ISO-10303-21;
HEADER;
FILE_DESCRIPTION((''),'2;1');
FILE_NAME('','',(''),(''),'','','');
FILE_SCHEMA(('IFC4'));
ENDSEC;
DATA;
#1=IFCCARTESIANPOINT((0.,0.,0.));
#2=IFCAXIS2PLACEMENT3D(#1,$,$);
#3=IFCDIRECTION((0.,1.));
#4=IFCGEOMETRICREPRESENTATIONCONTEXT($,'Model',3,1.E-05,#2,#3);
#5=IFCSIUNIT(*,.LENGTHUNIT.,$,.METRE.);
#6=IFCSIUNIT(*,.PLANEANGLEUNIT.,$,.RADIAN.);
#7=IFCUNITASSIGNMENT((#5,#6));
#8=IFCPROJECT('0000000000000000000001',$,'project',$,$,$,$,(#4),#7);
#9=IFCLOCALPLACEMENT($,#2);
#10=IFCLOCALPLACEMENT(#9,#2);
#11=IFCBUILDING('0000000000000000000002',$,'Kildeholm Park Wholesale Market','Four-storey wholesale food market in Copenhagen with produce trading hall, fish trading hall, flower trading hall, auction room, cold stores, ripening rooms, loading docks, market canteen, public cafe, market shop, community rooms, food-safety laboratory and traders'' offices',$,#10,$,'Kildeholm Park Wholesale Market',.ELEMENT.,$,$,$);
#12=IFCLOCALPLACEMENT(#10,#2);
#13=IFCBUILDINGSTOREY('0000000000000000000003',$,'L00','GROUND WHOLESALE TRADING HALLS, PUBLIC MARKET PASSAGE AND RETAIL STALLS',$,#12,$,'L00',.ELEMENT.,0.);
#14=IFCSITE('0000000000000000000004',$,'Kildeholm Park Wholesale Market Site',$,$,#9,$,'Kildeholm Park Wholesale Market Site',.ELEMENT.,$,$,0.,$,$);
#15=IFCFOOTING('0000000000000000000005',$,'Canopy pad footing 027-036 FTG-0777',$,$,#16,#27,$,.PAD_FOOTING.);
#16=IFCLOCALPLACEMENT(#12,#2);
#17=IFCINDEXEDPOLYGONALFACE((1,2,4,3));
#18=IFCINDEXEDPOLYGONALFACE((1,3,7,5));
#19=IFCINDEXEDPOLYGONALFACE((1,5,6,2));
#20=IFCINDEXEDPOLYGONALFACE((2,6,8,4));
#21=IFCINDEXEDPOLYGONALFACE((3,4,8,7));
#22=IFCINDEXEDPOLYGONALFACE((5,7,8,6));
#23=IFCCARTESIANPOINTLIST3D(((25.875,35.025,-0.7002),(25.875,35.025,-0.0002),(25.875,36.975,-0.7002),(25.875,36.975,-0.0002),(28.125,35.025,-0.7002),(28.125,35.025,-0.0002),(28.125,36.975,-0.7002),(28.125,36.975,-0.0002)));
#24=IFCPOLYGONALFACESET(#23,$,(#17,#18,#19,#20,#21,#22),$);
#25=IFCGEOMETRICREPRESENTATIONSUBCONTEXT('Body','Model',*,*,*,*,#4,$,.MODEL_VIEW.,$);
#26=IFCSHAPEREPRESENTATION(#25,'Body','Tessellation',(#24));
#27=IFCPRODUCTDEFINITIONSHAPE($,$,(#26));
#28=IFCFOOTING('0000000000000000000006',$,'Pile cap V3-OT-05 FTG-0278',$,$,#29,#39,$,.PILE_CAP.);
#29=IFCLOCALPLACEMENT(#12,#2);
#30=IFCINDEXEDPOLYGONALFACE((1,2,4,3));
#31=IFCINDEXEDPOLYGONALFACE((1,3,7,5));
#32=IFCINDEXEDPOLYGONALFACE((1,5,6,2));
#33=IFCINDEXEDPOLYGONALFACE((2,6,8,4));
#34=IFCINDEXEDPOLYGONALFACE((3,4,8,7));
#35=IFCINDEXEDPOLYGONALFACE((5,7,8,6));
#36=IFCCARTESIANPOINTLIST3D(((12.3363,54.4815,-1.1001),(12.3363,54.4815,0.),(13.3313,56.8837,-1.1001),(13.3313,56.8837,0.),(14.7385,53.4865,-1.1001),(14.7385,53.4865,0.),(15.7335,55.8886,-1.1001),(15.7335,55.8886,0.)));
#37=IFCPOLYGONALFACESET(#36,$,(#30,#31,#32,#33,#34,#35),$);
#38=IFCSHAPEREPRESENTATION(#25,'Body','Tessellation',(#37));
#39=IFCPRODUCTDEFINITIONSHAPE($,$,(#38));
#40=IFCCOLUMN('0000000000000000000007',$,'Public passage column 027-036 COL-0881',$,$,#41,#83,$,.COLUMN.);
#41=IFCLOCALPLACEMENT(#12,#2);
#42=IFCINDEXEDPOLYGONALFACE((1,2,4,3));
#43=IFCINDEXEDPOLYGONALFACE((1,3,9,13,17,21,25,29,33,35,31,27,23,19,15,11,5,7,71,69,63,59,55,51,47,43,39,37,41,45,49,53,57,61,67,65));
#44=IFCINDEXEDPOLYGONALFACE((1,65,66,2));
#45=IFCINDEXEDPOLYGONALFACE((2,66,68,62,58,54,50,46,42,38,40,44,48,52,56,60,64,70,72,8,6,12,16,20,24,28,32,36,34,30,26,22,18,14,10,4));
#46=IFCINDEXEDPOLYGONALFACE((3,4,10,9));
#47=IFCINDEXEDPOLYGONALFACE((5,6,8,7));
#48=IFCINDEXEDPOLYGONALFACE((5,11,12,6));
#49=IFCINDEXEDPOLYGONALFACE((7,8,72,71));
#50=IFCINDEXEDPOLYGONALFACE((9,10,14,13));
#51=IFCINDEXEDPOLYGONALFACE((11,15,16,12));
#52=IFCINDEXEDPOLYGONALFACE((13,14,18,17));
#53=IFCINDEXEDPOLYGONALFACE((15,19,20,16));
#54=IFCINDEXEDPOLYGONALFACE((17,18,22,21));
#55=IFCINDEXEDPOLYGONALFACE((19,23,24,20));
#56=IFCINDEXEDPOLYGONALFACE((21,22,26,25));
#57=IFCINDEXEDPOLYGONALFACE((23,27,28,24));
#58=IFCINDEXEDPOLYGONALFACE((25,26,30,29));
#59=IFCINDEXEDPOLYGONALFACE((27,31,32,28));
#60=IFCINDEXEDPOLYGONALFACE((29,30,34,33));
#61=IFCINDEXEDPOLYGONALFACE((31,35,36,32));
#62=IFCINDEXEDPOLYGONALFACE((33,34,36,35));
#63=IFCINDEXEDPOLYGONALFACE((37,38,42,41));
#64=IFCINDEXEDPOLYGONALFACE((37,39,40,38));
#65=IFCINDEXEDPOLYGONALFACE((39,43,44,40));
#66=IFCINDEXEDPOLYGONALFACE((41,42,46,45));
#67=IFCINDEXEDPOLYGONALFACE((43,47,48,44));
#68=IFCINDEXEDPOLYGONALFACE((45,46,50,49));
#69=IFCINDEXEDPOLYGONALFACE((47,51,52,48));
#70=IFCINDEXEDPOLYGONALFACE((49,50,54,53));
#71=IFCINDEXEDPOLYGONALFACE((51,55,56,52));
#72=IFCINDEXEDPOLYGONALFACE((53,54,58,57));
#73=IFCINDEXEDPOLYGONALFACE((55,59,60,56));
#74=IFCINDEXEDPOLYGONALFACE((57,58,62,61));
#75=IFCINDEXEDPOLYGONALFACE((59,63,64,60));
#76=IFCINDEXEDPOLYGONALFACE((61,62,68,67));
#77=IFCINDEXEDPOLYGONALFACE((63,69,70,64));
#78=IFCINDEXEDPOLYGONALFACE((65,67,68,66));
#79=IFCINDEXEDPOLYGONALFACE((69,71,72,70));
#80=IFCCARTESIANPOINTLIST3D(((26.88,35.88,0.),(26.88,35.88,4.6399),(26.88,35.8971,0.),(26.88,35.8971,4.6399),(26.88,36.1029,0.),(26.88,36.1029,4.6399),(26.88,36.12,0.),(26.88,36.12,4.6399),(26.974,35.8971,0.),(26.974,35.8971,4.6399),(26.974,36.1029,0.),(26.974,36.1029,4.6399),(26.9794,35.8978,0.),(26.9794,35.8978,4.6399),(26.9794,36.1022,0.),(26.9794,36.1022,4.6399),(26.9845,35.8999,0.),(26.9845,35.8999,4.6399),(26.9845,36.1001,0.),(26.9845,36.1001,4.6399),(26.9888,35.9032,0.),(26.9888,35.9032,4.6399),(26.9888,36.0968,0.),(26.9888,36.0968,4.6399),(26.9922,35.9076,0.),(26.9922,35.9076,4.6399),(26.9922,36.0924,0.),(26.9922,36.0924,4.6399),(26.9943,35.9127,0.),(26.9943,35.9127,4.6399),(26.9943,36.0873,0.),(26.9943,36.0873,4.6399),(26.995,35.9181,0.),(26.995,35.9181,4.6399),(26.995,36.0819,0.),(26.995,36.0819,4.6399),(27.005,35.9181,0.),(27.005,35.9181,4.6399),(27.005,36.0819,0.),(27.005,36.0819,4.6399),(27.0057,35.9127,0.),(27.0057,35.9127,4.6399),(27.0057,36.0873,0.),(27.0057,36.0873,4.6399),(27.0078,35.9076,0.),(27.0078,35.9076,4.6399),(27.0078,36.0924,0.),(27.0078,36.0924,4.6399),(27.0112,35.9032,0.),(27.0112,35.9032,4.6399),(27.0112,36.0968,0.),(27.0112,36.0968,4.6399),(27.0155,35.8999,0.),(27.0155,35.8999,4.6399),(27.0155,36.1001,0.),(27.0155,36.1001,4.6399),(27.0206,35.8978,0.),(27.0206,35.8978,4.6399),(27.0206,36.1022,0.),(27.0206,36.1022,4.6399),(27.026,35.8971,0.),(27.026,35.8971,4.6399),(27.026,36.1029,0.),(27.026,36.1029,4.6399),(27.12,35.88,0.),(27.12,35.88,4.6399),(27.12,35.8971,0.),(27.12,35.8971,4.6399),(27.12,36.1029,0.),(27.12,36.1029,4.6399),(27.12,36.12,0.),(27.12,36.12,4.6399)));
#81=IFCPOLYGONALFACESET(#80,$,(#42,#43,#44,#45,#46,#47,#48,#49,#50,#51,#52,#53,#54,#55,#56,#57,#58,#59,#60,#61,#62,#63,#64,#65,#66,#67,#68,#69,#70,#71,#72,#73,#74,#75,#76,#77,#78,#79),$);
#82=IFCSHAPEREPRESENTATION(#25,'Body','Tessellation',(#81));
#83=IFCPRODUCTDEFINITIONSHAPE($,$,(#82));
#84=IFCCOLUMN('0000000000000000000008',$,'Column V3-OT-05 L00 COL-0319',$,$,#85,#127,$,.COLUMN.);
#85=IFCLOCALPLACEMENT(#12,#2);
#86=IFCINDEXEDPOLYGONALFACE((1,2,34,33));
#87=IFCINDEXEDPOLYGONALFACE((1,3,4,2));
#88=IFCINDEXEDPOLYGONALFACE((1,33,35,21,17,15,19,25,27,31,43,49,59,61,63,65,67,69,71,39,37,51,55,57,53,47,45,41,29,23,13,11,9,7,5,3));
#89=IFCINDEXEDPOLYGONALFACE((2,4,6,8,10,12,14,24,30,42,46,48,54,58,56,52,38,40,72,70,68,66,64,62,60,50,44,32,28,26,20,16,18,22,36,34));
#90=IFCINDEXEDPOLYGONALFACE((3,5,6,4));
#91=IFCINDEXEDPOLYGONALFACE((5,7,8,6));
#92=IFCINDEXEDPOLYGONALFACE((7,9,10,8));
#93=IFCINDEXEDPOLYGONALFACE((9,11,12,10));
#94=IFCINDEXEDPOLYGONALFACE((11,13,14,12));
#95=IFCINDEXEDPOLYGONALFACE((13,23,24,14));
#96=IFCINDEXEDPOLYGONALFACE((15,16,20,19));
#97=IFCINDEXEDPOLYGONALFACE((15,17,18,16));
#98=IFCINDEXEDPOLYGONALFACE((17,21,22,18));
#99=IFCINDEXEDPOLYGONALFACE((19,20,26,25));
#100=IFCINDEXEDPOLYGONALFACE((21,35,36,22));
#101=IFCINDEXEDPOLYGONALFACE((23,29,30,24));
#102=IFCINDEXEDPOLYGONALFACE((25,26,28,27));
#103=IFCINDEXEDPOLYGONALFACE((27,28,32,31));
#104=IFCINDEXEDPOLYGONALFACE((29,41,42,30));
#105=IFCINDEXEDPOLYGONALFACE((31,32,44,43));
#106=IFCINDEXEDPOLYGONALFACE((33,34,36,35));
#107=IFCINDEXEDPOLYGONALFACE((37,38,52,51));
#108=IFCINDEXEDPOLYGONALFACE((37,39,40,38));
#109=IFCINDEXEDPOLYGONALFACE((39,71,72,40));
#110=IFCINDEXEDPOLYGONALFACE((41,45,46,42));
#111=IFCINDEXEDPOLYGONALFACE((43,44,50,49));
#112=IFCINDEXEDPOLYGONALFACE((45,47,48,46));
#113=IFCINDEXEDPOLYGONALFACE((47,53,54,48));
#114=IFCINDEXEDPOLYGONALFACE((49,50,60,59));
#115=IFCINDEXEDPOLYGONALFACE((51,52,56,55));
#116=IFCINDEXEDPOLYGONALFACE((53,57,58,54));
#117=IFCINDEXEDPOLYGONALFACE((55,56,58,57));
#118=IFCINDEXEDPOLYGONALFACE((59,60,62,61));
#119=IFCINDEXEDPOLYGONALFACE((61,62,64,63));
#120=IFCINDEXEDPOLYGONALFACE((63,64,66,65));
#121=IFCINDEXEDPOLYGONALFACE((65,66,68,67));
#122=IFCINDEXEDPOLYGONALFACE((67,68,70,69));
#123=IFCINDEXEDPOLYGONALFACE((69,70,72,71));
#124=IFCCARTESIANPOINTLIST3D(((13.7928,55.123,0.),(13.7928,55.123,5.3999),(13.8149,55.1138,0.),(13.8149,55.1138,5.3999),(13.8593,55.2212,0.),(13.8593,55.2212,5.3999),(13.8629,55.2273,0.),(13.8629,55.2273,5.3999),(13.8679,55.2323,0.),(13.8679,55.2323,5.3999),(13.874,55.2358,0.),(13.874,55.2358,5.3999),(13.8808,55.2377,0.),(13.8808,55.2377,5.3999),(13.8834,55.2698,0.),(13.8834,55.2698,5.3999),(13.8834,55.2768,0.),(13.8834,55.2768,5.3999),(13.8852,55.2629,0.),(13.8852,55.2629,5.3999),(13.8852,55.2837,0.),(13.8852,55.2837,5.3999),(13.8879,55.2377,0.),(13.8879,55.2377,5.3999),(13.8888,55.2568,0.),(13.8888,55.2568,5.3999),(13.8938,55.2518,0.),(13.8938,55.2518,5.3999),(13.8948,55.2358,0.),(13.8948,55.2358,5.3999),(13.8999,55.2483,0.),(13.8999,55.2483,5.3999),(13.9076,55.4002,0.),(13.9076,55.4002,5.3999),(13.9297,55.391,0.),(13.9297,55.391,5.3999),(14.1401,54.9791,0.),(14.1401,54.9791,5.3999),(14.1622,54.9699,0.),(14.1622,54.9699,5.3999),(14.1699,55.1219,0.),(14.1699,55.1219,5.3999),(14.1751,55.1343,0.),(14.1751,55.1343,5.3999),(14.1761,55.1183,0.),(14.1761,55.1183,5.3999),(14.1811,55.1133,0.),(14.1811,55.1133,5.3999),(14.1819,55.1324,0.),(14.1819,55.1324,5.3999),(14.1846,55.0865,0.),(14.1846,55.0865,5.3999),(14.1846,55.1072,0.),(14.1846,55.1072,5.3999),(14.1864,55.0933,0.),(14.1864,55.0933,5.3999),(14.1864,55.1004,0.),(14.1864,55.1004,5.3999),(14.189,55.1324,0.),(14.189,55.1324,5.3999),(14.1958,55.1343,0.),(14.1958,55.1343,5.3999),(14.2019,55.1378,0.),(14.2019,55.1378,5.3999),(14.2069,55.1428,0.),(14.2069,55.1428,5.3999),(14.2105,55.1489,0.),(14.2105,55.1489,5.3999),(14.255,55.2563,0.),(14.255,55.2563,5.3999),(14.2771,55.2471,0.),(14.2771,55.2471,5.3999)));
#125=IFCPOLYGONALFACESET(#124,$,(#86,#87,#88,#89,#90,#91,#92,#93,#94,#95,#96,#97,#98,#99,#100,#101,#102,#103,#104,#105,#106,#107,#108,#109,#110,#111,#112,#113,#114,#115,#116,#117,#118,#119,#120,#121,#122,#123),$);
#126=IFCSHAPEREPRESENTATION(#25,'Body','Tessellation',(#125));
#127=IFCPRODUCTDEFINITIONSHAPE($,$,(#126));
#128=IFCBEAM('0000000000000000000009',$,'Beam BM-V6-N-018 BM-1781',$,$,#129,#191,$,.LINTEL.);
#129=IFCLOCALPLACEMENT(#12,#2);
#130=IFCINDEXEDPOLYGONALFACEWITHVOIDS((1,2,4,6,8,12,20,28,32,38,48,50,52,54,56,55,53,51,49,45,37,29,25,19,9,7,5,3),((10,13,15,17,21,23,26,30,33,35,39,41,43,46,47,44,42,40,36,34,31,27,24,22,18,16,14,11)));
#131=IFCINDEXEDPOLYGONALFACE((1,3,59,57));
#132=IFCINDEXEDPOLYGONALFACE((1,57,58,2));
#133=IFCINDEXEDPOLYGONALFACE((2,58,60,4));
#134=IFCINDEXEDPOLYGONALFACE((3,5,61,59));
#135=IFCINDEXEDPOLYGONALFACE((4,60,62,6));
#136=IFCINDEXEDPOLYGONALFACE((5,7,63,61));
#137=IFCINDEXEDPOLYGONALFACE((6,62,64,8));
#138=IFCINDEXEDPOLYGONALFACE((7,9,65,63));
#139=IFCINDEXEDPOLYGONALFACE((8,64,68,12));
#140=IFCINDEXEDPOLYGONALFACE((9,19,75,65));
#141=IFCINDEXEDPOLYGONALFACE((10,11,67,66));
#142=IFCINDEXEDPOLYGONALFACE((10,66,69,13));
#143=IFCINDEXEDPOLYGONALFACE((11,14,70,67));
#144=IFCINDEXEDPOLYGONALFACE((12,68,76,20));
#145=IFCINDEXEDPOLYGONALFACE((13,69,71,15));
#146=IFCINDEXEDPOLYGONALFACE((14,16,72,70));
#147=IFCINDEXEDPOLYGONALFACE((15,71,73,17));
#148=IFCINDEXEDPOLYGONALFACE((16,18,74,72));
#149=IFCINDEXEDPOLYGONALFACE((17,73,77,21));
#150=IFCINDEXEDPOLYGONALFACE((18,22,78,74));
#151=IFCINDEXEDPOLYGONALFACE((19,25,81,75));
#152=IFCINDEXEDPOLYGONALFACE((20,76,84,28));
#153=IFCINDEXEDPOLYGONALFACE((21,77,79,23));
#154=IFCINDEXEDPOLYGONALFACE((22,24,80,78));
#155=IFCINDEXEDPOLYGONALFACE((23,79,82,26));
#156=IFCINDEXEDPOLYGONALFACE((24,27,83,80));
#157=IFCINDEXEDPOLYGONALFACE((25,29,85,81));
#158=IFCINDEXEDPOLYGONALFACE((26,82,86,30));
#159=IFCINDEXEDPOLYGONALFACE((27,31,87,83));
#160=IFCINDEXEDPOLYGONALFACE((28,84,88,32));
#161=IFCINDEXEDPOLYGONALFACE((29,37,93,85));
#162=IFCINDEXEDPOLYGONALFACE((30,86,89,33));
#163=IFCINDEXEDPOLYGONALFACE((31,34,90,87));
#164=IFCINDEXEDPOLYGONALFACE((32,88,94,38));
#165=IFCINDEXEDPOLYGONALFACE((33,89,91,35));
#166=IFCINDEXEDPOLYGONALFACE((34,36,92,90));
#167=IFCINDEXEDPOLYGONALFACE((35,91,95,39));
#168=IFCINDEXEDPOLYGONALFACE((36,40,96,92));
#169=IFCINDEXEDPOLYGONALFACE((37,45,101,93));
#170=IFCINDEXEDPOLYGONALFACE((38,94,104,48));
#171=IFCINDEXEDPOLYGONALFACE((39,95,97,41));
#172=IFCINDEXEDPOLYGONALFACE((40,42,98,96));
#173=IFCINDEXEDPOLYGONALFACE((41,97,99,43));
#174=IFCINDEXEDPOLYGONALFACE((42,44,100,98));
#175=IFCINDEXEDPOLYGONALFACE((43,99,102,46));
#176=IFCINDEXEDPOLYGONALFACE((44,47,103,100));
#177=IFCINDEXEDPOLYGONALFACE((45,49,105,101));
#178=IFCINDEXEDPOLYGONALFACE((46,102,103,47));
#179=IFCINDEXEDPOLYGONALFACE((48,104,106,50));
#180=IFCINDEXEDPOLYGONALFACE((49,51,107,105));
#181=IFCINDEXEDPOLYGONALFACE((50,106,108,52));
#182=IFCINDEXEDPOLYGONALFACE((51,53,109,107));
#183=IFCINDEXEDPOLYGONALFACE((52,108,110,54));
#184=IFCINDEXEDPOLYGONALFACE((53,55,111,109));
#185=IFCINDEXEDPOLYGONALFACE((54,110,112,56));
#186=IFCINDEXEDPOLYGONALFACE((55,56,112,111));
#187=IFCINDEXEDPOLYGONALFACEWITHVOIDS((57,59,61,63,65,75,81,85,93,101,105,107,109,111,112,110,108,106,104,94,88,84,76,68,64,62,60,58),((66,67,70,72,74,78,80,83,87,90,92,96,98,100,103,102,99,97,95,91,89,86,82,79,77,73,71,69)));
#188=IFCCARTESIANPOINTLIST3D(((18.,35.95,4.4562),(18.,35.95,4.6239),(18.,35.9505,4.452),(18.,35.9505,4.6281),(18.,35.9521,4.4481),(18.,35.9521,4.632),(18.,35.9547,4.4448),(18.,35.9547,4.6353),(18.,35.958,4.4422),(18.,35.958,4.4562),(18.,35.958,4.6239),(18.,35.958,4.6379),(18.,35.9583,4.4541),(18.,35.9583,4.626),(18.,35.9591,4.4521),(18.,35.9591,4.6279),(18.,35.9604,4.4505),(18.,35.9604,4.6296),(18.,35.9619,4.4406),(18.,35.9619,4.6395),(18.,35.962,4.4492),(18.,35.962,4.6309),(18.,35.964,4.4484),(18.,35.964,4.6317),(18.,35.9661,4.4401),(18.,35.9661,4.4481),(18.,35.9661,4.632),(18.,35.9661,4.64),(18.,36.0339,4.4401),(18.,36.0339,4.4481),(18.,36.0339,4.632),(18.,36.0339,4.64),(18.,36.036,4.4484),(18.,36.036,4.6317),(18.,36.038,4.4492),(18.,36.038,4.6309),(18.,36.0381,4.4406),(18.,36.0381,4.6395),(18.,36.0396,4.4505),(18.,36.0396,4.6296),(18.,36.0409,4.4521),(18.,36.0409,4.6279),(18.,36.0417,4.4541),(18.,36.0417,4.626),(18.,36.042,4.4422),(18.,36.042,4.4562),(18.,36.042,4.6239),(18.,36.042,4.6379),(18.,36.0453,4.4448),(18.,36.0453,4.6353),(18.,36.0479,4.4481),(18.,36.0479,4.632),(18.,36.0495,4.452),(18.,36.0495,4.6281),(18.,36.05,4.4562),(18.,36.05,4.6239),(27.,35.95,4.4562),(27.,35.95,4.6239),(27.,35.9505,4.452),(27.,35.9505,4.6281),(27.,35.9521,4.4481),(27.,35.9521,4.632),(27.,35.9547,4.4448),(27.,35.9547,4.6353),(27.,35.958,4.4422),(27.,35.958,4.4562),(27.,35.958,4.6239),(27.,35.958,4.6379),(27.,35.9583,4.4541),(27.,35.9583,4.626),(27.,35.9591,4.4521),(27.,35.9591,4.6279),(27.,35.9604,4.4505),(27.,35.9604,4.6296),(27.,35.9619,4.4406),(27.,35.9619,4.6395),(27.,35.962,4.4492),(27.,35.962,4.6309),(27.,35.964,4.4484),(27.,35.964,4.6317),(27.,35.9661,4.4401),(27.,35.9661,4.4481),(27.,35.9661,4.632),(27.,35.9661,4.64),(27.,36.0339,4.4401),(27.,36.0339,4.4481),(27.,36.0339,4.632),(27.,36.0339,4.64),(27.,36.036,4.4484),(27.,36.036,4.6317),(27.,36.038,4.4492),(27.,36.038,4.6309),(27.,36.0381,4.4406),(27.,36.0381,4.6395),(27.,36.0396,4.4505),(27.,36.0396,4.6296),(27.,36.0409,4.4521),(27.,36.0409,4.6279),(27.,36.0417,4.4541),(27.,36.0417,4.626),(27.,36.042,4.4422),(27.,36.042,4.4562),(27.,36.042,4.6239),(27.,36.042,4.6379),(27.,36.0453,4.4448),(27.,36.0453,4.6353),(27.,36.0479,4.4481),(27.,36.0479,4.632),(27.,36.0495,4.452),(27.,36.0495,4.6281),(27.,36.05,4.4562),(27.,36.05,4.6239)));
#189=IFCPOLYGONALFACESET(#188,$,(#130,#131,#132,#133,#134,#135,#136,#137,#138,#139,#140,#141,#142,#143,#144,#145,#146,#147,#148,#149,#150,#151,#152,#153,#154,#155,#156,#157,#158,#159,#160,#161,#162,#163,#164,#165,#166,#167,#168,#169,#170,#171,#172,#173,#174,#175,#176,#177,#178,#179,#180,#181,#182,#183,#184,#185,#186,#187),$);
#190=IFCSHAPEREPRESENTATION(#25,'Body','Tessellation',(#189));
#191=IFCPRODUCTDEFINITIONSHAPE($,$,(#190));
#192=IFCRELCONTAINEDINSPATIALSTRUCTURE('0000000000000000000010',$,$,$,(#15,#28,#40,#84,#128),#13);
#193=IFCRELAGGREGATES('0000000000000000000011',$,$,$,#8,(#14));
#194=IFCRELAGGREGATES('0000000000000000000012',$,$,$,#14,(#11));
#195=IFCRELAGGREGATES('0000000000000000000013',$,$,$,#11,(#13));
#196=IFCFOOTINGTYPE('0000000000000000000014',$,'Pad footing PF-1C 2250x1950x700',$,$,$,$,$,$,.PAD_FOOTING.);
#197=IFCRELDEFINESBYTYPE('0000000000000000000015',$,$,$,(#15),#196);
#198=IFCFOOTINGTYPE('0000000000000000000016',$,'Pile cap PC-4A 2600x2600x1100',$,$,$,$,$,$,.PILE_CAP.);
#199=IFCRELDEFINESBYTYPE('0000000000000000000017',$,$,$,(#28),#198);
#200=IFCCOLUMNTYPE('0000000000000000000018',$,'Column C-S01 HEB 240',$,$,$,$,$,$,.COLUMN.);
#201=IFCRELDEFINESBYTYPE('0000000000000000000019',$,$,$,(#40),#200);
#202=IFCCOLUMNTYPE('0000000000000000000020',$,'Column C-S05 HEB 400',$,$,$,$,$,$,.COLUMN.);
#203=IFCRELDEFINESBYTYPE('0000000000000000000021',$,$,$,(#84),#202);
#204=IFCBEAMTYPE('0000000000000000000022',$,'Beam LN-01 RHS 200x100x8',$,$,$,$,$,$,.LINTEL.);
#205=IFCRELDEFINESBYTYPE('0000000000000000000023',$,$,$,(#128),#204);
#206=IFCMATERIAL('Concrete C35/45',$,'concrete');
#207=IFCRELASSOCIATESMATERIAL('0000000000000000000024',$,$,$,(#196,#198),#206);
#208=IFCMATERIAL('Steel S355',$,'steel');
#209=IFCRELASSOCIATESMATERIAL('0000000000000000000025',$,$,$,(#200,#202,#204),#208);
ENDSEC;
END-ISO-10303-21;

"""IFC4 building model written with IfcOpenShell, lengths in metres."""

from ifc_helpers import new_model, si_unit, direction, frame, origin, origin_2d, place, context, subcontext, project, spatial, rectangle, hollow_rectangle, i_section, extrude, material, material_profile, profile_set, type_object, element, save


model = new_model("IFC4")

# Units and contexts
model_context = context("Model", 3, precision=1e-05, world=origin(), true_north=direction((0.0, 1.0)))
body_context = subcontext(model_context, "Body", "Model", "MODEL_VIEW")
ifc_project = project(units=[si_unit("LENGTHUNIT", "METRE"), si_unit("PLANEANGLEUNIT", "RADIAN")], contexts=[model_context])

# Site, building, storey
site_placement = place(None, origin())
site = spatial("IfcSite", under=ifc_project, at=site_placement, Name="Kildeholm Park Wholesale Market Site", LongName="Kildeholm Park Wholesale Market Site", CompositionType="ELEMENT", RefElevation=0.0)
building_placement = place(site_placement, origin())
building = spatial("IfcBuilding", under=site, at=building_placement, Name="Kildeholm Park Wholesale Market", Description="Four-storey wholesale food market in Copenhagen with produce trading hall, fish trading hall, flower trading hall, auction room, cold stores, ripening rooms, loading docks, market canteen, public cafe, market shop, community rooms, food-safety laboratory and traders' offices", LongName="Kildeholm Park Wholesale Market", CompositionType="ELEMENT")
storey_placement = place(building_placement, origin())
storey = spatial("IfcBuildingStorey", under=building, at=storey_placement, Name="L00", Description="GROUND WHOLESALE TRADING HALLS, PUBLIC MARKET PASSAGE AND RETAIL STALLS", LongName="L00", CompositionType="ELEMENT", Elevation=0.0)

# Shared definitions
ifc_material_1 = material(Name="Concrete C35/45", Category="concrete")

# Footings
footing_type_1 = type_object("IfcFootingType", Name="Pad footing PF-1C 2250x1950x700", PredefinedType="PAD_FOOTING", material=ifc_material_1)
footing_1_placement = place(storey_placement, frame((27.0, 36.0, -0.7002), z_axis=(0.0, 0.0, 1.0), x_axis=(1.0, 0.0, 0.0)))
element("IfcFooting", 1, at=footing_1_placement, inside=storey, type_object=footing_type_1, Name="Canopy pad footing 027-036 FTG-0777", PredefinedType="PAD_FOOTING", context=body_context, shape_type="SweptSolid", body=[
    extrude(rectangle(XDim=2.25, YDim=1.95, at=origin_2d()), origin(), (0.0, 0.0, 1.0), 0.7),
])
footing_type_2 = type_object("IfcFootingType", Name="Pile cap PC-4A 2600x2600x1100", PredefinedType="PILE_CAP", material=ifc_material_1)
footing_2_placement = place(storey_placement, frame((14.0349, 55.1851, -1.1001), z_axis=(0.0, 0.0, 1.0), x_axis=(-0.382683, -0.92388, 0.0)))
element("IfcFooting", 2, at=footing_2_placement, inside=storey, type_object=footing_type_2, Name="Pile cap V3-OT-05 FTG-0278", PredefinedType="PILE_CAP", context=body_context, shape_type="SweptSolid", body=[
    extrude(rectangle(XDim=2.6001, YDim=2.6001, at=origin_2d()), origin(), (0.0, 0.0, 1.0), 1.1001),
])

# Columns
ifc_material_2 = material(Name="Steel S355", Category="steel")
ifc_material_profile_1 = material_profile(ifc_material_2, i_section(OverallWidth=0.24, OverallDepth=0.24, WebThickness=0.01, FlangeThickness=0.0171, FilletRadius=0.021, at=origin_2d()), Name="HEB 240")
ifc_profile_set_1 = profile_set([ifc_material_profile_1], Name="Steel S355")
column_type_1 = type_object("IfcColumnType", Name="Column C-S01 HEB 240", PredefinedType="COLUMN", material=ifc_profile_set_1)
column_1_placement = place(storey_placement, frame((27.0, 36.0, 0.0), z_axis=(0.0, 0.0, 1.0), x_axis=(1.0, 0.0, 0.0)))
element("IfcColumn", 3, at=column_1_placement, inside=storey, type_object=column_type_1, Name="Public passage column 027-036 COL-0881", PredefinedType="COLUMN", context=body_context, shape_type="SweptSolid", body=[
    extrude(i_section(OverallWidth=0.24, OverallDepth=0.24, WebThickness=0.01, FlangeThickness=0.0171, FilletRadius=0.021, at=origin_2d()), origin(), (0.0, 0.0, 1.0), 4.6399),
])
ifc_material_profile_2 = material_profile(ifc_material_2, i_section(OverallWidth=0.3, OverallDepth=0.3999, WebThickness=0.0134, FlangeThickness=0.0239, FilletRadius=0.0271, at=origin_2d()), Name="HEB 400")
ifc_profile_set_2 = profile_set([ifc_material_profile_2], Name="Steel S355")
column_type_2 = type_object("IfcColumnType", Name="Column C-S05 HEB 400", PredefinedType="COLUMN", material=ifc_profile_set_2)
column_2_placement = place(storey_placement, frame((14.0349, 55.1851, 0.0), z_axis=(0.0, 0.0, 1.0), x_axis=(-0.382683, -0.92388, 0.0)))
element("IfcColumn", 4, at=column_2_placement, inside=storey, type_object=column_type_2, Name="Column V3-OT-05 L00 COL-0319", PredefinedType="COLUMN", context=body_context, shape_type="SweptSolid", body=[
    extrude(i_section(OverallWidth=0.3, OverallDepth=0.3999, WebThickness=0.0134, FlangeThickness=0.0239, FilletRadius=0.0271, at=origin_2d()), origin(), (0.0, 0.0, 1.0), 5.3999),
])

# Beam
ifc_material_profile_3 = material_profile(ifc_material_2, hollow_rectangle(XDim=0.1001, YDim=0.2, WallThickness=0.0081, InnerFilletRadius=0.0081, OuterFilletRadius=0.0161, at=origin_2d()), Name="RHS 200x100x8")
ifc_profile_set_3 = profile_set([ifc_material_profile_3], Name="Steel S355")
beam_type = type_object("IfcBeamType", Name="Beam LN-01 RHS 200x100x8", PredefinedType="LINTEL", material=ifc_profile_set_3)
beam_placement = place(storey_placement, frame((18.0, 36.0, 4.54), z_axis=(1.0, 0.0, 0.0), x_axis=(0.0, 1.0, 0.0)))
element("IfcBeam", 5, at=beam_placement, inside=storey, type_object=beam_type, Name="Beam BM-V6-N-018 BM-1781", PredefinedType="LINTEL", context=body_context, shape_type="SweptSolid", body=[
    extrude(hollow_rectangle(XDim=0.1001, YDim=0.2, WallThickness=0.0081, InnerFilletRadius=0.0081, OuterFilletRadius=0.0161, at=origin_2d()), origin(), (0.0, 0.0, 1.0), 9.0),
])

save(model, "model.ifc")
